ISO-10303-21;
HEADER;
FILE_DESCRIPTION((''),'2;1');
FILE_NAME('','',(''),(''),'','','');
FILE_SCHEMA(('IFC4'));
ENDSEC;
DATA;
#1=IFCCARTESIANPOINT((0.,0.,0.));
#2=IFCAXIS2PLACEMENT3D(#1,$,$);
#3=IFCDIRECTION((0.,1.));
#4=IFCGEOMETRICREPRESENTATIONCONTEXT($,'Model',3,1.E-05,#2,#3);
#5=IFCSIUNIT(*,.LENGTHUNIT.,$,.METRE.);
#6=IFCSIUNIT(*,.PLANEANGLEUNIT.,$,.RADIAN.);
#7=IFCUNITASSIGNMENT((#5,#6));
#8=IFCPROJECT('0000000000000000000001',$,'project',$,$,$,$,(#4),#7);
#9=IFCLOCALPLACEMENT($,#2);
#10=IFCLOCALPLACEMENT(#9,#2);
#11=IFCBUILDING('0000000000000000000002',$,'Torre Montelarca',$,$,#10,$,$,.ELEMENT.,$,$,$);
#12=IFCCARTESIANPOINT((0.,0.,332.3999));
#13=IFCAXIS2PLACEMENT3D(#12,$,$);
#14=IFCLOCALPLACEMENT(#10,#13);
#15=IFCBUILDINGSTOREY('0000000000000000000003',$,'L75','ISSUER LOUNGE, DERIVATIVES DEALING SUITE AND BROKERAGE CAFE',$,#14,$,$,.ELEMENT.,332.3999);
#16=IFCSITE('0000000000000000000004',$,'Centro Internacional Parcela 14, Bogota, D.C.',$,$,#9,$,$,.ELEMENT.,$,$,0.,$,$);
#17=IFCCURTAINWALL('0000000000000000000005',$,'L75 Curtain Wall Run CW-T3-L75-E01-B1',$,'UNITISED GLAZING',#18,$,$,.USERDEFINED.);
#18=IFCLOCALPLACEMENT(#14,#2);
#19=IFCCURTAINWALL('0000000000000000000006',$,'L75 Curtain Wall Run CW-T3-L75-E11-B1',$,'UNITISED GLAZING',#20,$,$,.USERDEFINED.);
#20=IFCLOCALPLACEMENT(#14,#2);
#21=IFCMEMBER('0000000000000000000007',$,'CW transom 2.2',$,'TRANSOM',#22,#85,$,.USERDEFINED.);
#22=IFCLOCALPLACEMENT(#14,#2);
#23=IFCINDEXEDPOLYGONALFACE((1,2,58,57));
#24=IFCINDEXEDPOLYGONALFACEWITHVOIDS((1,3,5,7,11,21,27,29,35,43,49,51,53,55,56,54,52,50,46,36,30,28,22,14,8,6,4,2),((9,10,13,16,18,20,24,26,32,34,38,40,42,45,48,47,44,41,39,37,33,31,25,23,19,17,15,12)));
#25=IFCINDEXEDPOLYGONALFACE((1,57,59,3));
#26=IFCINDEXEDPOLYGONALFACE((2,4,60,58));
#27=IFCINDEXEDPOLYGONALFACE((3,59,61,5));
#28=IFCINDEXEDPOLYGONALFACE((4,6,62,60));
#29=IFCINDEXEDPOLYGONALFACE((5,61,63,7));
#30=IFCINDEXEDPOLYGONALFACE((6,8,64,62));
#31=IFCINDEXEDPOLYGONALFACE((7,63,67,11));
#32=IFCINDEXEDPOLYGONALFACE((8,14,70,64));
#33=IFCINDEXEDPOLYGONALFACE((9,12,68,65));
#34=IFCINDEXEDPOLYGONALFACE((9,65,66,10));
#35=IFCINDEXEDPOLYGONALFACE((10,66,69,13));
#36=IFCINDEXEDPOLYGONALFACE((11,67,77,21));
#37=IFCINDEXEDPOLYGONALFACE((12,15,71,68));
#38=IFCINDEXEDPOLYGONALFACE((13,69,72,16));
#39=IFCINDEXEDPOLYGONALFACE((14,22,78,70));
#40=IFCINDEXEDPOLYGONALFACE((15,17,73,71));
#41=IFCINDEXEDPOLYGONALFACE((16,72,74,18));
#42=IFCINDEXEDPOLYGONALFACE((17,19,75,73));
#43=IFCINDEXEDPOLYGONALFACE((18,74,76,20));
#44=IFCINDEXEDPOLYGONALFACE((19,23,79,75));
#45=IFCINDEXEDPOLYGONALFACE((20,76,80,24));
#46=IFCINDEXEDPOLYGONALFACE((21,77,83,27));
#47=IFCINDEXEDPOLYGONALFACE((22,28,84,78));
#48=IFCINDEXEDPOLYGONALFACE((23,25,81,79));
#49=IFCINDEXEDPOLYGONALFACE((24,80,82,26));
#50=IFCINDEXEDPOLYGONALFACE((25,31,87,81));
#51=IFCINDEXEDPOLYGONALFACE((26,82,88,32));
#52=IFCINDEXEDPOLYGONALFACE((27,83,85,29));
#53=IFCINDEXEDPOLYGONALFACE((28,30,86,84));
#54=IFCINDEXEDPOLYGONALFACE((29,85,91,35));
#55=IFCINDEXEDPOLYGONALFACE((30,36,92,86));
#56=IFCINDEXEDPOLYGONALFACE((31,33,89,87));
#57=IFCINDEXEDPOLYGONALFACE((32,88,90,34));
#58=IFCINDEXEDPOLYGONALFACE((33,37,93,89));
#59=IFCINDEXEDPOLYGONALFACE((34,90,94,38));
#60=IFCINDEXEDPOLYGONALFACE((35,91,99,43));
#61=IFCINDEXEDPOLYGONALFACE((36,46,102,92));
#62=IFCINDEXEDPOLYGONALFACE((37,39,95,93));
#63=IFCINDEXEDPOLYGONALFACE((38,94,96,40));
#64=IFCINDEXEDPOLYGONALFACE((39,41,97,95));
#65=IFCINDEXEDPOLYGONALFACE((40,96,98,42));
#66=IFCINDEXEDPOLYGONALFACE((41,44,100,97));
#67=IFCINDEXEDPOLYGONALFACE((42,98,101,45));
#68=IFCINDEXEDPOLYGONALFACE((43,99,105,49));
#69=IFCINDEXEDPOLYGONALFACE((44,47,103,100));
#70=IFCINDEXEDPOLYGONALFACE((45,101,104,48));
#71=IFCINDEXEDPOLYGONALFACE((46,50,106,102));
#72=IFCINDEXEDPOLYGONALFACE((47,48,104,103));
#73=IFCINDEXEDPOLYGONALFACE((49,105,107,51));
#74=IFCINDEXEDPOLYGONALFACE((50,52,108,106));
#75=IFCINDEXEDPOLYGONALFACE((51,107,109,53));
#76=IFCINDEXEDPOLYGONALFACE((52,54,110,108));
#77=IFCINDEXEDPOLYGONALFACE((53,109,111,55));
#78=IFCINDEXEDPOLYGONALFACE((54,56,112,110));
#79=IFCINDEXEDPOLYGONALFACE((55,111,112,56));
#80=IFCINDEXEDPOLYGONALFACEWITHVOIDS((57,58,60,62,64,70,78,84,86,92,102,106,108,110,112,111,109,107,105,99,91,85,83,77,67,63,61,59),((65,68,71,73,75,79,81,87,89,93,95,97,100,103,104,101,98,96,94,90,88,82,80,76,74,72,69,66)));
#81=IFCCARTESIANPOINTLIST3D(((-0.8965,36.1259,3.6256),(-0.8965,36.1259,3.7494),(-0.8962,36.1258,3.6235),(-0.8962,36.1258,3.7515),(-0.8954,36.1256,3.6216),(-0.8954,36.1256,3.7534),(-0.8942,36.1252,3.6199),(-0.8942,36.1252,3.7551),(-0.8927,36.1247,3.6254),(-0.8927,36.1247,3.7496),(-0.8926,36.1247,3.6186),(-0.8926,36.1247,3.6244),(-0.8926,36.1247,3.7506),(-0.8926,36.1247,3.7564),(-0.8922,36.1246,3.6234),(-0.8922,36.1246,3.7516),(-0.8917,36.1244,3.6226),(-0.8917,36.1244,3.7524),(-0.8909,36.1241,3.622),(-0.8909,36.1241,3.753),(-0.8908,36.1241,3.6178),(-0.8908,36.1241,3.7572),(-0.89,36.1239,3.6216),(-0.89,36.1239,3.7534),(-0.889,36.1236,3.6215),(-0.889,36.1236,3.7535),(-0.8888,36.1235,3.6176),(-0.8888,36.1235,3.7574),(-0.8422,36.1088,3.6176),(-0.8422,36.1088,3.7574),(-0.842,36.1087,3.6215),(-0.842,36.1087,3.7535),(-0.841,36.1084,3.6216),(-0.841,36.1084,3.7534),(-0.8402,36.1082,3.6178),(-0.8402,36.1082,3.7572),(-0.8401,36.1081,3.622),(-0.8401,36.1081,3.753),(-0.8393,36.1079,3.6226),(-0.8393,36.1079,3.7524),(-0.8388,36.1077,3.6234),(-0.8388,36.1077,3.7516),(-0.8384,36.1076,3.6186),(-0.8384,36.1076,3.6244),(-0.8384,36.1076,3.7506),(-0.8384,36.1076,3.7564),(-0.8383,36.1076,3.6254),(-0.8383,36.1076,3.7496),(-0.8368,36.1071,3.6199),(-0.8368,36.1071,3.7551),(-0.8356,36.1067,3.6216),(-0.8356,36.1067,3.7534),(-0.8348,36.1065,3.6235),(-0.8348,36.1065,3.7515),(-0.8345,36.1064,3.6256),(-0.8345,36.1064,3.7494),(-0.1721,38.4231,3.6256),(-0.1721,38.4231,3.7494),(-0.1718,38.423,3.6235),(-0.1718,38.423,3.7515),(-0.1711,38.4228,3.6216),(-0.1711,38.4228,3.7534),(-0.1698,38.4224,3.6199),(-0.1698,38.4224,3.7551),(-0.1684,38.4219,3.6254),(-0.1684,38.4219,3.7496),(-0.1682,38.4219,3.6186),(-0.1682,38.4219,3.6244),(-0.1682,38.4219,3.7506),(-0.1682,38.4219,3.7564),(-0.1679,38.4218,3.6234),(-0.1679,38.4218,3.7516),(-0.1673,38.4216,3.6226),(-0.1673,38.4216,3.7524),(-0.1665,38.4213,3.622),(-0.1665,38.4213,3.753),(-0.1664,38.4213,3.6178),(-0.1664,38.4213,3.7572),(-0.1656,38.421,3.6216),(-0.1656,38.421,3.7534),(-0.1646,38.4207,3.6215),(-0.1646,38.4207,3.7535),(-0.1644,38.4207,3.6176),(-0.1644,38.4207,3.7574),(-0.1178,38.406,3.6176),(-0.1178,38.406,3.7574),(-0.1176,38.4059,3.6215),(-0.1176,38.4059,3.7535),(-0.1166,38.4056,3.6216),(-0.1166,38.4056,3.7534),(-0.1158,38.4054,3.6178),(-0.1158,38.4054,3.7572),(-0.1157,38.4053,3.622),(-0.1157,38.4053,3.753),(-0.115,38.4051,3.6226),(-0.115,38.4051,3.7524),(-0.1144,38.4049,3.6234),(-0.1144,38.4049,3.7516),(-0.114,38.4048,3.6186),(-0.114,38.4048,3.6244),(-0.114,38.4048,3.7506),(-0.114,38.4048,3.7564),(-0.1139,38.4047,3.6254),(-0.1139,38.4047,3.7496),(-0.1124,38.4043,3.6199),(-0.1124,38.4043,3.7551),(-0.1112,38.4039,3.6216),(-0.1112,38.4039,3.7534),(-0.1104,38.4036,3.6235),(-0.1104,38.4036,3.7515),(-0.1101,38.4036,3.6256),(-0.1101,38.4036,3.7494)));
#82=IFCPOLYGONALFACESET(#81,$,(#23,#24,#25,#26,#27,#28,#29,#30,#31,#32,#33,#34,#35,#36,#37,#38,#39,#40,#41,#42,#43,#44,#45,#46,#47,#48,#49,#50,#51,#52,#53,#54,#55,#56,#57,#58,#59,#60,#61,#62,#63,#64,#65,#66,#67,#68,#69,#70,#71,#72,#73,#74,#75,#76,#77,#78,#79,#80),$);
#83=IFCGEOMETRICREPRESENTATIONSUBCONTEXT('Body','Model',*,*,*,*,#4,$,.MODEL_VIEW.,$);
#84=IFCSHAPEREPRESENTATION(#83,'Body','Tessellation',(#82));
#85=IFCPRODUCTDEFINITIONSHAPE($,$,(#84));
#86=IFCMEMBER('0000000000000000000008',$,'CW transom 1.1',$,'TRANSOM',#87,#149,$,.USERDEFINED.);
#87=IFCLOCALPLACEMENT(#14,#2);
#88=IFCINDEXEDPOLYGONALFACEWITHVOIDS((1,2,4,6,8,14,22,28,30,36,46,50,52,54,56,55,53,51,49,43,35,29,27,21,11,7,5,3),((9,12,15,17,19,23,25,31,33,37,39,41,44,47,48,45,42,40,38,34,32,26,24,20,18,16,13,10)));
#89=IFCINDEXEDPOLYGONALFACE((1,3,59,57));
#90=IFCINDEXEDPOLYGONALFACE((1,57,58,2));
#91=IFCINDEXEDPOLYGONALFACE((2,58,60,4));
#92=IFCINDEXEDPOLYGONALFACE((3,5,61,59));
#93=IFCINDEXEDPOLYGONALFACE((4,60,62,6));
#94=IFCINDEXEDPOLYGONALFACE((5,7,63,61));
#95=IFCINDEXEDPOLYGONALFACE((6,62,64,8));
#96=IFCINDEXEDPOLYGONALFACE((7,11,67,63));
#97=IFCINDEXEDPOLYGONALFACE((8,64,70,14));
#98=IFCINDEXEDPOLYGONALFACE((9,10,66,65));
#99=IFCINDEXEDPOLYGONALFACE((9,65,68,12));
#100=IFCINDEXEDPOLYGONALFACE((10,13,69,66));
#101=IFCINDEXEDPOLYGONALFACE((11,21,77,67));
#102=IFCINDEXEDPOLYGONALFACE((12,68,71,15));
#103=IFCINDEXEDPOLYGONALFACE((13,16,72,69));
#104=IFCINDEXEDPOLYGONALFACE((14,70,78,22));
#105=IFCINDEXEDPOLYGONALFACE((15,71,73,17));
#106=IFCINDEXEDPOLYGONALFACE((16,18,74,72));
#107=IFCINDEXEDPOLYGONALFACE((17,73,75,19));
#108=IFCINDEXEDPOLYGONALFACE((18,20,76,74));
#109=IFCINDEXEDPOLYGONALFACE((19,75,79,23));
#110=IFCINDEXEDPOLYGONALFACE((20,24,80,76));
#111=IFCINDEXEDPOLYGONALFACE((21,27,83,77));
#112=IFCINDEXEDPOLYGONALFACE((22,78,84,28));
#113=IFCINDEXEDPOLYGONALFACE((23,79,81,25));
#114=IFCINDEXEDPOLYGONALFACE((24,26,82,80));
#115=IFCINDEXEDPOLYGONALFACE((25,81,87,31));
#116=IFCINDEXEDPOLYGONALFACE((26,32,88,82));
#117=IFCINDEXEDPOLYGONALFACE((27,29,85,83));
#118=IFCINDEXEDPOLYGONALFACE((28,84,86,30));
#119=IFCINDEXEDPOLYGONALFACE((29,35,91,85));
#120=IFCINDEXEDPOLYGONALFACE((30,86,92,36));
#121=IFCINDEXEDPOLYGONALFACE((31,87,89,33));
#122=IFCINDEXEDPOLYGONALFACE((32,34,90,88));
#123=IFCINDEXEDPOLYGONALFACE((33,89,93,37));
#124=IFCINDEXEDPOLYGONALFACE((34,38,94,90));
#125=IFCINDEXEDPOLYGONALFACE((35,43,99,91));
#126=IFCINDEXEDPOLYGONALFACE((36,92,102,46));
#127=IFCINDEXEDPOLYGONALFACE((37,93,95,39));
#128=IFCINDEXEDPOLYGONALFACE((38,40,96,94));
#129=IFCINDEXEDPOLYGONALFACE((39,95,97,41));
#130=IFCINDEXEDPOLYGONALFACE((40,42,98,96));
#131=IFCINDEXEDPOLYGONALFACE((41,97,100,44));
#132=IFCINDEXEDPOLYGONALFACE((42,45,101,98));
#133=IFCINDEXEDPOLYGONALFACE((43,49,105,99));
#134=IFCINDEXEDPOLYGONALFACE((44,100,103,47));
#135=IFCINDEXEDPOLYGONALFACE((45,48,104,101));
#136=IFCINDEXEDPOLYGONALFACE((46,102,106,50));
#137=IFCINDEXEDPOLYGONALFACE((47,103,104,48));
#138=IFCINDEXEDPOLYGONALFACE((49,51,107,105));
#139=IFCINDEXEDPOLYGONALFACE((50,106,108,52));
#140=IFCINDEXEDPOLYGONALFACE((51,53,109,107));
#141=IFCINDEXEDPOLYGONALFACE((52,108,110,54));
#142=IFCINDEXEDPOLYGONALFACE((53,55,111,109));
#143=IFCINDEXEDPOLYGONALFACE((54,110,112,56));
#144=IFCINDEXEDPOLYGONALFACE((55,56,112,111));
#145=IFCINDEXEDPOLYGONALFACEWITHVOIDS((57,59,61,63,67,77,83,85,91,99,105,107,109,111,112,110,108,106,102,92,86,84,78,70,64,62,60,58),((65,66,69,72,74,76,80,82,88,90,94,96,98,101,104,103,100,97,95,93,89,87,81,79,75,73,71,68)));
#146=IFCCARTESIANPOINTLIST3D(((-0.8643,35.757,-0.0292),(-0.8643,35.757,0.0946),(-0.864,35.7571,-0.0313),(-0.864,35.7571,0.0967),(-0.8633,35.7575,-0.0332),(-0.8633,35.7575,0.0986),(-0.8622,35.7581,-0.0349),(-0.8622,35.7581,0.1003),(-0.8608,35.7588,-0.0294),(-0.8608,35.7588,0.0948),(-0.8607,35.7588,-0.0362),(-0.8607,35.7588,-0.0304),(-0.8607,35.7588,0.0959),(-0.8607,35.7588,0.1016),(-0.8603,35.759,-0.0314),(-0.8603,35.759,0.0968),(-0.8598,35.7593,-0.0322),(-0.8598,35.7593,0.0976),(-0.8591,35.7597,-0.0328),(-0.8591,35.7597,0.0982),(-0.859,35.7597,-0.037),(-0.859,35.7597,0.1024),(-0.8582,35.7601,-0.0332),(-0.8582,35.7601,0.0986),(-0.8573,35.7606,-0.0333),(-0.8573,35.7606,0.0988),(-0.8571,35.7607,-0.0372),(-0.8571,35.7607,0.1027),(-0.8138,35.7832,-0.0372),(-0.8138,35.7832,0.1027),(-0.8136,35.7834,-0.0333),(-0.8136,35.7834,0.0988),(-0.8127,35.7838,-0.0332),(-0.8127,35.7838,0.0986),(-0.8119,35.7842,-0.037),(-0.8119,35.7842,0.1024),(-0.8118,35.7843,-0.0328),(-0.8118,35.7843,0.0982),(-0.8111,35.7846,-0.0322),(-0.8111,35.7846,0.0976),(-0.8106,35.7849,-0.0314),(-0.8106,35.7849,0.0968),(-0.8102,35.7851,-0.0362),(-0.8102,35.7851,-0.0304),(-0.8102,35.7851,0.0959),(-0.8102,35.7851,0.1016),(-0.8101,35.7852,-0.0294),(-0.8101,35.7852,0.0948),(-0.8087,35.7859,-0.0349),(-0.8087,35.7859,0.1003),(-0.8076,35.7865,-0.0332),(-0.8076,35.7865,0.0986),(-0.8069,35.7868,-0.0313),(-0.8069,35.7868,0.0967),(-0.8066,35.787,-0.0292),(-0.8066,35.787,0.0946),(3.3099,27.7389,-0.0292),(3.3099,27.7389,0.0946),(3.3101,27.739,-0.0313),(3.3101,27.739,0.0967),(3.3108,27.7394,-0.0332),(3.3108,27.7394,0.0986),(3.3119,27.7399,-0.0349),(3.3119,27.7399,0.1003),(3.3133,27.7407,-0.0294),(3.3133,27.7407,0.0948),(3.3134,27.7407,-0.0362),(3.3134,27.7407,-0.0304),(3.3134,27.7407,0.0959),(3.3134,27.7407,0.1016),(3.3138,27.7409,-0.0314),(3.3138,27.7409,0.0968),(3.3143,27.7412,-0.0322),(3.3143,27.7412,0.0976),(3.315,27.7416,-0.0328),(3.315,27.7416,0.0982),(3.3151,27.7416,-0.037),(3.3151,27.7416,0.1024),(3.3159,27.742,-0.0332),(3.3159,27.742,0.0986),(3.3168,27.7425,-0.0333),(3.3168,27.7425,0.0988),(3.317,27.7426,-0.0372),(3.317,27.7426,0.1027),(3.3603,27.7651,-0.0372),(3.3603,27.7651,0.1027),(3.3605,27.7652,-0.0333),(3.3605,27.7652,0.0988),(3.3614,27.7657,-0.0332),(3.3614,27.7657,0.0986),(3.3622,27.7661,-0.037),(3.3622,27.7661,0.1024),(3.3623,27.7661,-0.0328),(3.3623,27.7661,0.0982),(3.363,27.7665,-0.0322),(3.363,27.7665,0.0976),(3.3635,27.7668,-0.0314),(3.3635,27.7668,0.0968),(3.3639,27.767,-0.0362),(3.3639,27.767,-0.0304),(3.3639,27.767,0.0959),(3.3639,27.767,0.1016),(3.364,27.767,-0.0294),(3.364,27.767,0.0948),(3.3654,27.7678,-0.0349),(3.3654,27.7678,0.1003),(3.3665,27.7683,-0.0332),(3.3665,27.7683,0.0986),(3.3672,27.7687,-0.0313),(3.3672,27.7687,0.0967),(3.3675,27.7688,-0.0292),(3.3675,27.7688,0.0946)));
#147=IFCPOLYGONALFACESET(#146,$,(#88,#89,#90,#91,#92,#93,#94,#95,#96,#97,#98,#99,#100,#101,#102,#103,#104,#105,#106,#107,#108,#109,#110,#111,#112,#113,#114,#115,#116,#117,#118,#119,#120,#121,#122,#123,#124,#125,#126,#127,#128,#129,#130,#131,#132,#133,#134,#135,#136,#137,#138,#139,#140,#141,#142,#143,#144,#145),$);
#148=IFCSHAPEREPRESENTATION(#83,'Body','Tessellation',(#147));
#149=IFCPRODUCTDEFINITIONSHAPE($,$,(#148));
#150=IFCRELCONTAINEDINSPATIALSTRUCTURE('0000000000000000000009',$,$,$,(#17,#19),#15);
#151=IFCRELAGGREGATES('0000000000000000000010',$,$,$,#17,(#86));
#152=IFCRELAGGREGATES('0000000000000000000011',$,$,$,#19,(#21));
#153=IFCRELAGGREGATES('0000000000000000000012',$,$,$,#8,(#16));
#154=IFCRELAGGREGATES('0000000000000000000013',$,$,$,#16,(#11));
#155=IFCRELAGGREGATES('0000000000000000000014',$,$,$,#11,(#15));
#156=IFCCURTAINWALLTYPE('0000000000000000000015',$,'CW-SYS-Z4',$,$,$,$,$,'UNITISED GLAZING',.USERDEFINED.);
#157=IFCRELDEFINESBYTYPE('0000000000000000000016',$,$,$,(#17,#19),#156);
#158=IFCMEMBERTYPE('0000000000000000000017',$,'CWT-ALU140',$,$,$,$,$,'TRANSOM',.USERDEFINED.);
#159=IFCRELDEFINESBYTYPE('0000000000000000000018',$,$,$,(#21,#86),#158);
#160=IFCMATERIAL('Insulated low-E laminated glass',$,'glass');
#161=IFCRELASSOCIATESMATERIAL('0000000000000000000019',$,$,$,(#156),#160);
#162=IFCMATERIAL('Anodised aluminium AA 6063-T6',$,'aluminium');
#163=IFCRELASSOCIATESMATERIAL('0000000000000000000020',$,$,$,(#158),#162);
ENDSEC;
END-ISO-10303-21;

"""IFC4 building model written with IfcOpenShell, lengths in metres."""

from ifc_helpers import new_model, si_unit, direction, frame, origin, origin_2d, place, context, subcontext, project, spatial, hollow_rectangle, extrude, source, transform, mapped, material, material_profile, profile_set, type_object, element, aggregate, save


model = new_model("IFC4")

# Units and contexts
model_context = context("Model", 3, precision=1e-05, world=origin(), true_north=direction((0.0, 1.0)))
body_context = subcontext(model_context, "Body", "Model", "MODEL_VIEW")
ifc_project = project(units=[si_unit("LENGTHUNIT", "METRE"), si_unit("PLANEANGLEUNIT", "RADIAN")], contexts=[model_context])

# Site, building, storey
site_placement = place(None, origin())
site = spatial("IfcSite", under=ifc_project, at=site_placement, Name="Centro Internacional Parcela 14, Bogota, D.C.", CompositionType="ELEMENT", RefElevation=0.0)
building_placement = place(site_placement, origin())
building = spatial("IfcBuilding", under=site, at=building_placement, Name="Torre Montelarca", CompositionType="ELEMENT")
storey_placement = place(building_placement, frame((0.0, 0.0, 332.3999)))
storey = spatial("IfcBuildingStorey", under=building, at=storey_placement, Name="L75", Description="ISSUER LOUNGE, DERIVATIVES DEALING SUITE AND BROKERAGE CAFE", CompositionType="ELEMENT", Elevation=332.3999)

# Curtain wall
ifc_material_1 = material(Name="Insulated low-E laminated glass", Category="glass")
curtain_wall_type = type_object("IfcCurtainWallType", Name="CW-SYS-Z4", ElementType="UNITISED GLAZING", PredefinedType="USERDEFINED", material=ifc_material_1)
curtain_wall_1_placement = place(storey_placement, origin())
curtain_wall_1 = element("IfcCurtainWall", 1, at=curtain_wall_1_placement, inside=storey, type_object=curtain_wall_type, Name="L75 Curtain Wall Run CW-T3-L75-E01-B1", ObjectType="UNITISED GLAZING", PredefinedType="USERDEFINED")
ifc_material_2 = material(Name="Anodised aluminium AA 6063-T6", Category="aluminium")

# Curtain wall, member
curtain_wall_2_placement = place(storey_placement, origin())
curtain_wall_2 = element("IfcCurtainWall", 2, at=curtain_wall_2_placement, inside=storey, type_object=curtain_wall_type, Name="L75 Curtain Wall Run CW-T3-L75-E11-B1", ObjectType="UNITISED GLAZING", PredefinedType="USERDEFINED")
ifc_material_profile_1 = material_profile(ifc_material_2, hollow_rectangle(XDim=0.0649, YDim=0.1399, WallThickness=0.0039, InnerFilletRadius=0.0039, OuterFilletRadius=0.0081, at=origin_2d()), Name="ALU65X140X4", Category="aluminium")
ifc_profile_set_1 = profile_set([ifc_material_profile_1], Name="Anodised aluminium AA 6063-T6")
member_type_1 = type_object("IfcMemberType", Name="CWT-ALU140", ElementType="TRANSOM", PredefinedType="USERDEFINED", material=ifc_profile_set_1)
shared_shape_1 = source(origin(), body_context, "Body", "SweptSolid", [
    extrude(hollow_rectangle(XDim=0.0649, YDim=0.1399, WallThickness=0.0039, InnerFilletRadius=0.0039, OuterFilletRadius=0.0081, at=origin_2d()), origin(), (0.0, 0.0, 1.0), 2.4087),
])
member_1_placement = place(storey_placement, frame((-0.1411, 38.4133, 3.6875), z_axis=(-0.300738, -0.953707, 0.0), x_axis=(0.953707, -0.300738, 0.0)))
member_1 = element("IfcMember", 3, at=member_1_placement, type_object=member_type_1, Name="CW transom 2.2", ObjectType="TRANSOM", PredefinedType="USERDEFINED", context=body_context, shape_type="MappedRepresentation", body=[
    mapped(shared_shape_1, transform((0.0, 0.0, 0.0), scale=1.0)),
])

# Member
shared_shape_2 = source(origin(), body_context, "Body", "SweptSolid", [
    extrude(hollow_rectangle(XDim=0.0649, YDim=0.1399, WallThickness=0.0039, InnerFilletRadius=0.0039, OuterFilletRadius=0.0081, at=origin_2d()), origin(), (0.0, 0.0, 1.0), 9.0396),
])
member_2_placement = place(storey_placement, frame((-0.8354, 35.772, 0.0327), z_axis=(0.46176, -0.887005, 0.0), x_axis=(0.887005, 0.46176, 0.0)))
member_2 = element("IfcMember", 4, at=member_2_placement, type_object=member_type_1, Name="CW transom 1.1", ObjectType="TRANSOM", PredefinedType="USERDEFINED", context=body_context, shape_type="MappedRepresentation", body=[
    mapped(shared_shape_2, transform((0.0, 0.0, 0.0), scale=1.0)),
])
aggregate(curtain_wall_1, [member_2])

aggregate(curtain_wall_2, [member_1])

save(model, "model.ifc")
